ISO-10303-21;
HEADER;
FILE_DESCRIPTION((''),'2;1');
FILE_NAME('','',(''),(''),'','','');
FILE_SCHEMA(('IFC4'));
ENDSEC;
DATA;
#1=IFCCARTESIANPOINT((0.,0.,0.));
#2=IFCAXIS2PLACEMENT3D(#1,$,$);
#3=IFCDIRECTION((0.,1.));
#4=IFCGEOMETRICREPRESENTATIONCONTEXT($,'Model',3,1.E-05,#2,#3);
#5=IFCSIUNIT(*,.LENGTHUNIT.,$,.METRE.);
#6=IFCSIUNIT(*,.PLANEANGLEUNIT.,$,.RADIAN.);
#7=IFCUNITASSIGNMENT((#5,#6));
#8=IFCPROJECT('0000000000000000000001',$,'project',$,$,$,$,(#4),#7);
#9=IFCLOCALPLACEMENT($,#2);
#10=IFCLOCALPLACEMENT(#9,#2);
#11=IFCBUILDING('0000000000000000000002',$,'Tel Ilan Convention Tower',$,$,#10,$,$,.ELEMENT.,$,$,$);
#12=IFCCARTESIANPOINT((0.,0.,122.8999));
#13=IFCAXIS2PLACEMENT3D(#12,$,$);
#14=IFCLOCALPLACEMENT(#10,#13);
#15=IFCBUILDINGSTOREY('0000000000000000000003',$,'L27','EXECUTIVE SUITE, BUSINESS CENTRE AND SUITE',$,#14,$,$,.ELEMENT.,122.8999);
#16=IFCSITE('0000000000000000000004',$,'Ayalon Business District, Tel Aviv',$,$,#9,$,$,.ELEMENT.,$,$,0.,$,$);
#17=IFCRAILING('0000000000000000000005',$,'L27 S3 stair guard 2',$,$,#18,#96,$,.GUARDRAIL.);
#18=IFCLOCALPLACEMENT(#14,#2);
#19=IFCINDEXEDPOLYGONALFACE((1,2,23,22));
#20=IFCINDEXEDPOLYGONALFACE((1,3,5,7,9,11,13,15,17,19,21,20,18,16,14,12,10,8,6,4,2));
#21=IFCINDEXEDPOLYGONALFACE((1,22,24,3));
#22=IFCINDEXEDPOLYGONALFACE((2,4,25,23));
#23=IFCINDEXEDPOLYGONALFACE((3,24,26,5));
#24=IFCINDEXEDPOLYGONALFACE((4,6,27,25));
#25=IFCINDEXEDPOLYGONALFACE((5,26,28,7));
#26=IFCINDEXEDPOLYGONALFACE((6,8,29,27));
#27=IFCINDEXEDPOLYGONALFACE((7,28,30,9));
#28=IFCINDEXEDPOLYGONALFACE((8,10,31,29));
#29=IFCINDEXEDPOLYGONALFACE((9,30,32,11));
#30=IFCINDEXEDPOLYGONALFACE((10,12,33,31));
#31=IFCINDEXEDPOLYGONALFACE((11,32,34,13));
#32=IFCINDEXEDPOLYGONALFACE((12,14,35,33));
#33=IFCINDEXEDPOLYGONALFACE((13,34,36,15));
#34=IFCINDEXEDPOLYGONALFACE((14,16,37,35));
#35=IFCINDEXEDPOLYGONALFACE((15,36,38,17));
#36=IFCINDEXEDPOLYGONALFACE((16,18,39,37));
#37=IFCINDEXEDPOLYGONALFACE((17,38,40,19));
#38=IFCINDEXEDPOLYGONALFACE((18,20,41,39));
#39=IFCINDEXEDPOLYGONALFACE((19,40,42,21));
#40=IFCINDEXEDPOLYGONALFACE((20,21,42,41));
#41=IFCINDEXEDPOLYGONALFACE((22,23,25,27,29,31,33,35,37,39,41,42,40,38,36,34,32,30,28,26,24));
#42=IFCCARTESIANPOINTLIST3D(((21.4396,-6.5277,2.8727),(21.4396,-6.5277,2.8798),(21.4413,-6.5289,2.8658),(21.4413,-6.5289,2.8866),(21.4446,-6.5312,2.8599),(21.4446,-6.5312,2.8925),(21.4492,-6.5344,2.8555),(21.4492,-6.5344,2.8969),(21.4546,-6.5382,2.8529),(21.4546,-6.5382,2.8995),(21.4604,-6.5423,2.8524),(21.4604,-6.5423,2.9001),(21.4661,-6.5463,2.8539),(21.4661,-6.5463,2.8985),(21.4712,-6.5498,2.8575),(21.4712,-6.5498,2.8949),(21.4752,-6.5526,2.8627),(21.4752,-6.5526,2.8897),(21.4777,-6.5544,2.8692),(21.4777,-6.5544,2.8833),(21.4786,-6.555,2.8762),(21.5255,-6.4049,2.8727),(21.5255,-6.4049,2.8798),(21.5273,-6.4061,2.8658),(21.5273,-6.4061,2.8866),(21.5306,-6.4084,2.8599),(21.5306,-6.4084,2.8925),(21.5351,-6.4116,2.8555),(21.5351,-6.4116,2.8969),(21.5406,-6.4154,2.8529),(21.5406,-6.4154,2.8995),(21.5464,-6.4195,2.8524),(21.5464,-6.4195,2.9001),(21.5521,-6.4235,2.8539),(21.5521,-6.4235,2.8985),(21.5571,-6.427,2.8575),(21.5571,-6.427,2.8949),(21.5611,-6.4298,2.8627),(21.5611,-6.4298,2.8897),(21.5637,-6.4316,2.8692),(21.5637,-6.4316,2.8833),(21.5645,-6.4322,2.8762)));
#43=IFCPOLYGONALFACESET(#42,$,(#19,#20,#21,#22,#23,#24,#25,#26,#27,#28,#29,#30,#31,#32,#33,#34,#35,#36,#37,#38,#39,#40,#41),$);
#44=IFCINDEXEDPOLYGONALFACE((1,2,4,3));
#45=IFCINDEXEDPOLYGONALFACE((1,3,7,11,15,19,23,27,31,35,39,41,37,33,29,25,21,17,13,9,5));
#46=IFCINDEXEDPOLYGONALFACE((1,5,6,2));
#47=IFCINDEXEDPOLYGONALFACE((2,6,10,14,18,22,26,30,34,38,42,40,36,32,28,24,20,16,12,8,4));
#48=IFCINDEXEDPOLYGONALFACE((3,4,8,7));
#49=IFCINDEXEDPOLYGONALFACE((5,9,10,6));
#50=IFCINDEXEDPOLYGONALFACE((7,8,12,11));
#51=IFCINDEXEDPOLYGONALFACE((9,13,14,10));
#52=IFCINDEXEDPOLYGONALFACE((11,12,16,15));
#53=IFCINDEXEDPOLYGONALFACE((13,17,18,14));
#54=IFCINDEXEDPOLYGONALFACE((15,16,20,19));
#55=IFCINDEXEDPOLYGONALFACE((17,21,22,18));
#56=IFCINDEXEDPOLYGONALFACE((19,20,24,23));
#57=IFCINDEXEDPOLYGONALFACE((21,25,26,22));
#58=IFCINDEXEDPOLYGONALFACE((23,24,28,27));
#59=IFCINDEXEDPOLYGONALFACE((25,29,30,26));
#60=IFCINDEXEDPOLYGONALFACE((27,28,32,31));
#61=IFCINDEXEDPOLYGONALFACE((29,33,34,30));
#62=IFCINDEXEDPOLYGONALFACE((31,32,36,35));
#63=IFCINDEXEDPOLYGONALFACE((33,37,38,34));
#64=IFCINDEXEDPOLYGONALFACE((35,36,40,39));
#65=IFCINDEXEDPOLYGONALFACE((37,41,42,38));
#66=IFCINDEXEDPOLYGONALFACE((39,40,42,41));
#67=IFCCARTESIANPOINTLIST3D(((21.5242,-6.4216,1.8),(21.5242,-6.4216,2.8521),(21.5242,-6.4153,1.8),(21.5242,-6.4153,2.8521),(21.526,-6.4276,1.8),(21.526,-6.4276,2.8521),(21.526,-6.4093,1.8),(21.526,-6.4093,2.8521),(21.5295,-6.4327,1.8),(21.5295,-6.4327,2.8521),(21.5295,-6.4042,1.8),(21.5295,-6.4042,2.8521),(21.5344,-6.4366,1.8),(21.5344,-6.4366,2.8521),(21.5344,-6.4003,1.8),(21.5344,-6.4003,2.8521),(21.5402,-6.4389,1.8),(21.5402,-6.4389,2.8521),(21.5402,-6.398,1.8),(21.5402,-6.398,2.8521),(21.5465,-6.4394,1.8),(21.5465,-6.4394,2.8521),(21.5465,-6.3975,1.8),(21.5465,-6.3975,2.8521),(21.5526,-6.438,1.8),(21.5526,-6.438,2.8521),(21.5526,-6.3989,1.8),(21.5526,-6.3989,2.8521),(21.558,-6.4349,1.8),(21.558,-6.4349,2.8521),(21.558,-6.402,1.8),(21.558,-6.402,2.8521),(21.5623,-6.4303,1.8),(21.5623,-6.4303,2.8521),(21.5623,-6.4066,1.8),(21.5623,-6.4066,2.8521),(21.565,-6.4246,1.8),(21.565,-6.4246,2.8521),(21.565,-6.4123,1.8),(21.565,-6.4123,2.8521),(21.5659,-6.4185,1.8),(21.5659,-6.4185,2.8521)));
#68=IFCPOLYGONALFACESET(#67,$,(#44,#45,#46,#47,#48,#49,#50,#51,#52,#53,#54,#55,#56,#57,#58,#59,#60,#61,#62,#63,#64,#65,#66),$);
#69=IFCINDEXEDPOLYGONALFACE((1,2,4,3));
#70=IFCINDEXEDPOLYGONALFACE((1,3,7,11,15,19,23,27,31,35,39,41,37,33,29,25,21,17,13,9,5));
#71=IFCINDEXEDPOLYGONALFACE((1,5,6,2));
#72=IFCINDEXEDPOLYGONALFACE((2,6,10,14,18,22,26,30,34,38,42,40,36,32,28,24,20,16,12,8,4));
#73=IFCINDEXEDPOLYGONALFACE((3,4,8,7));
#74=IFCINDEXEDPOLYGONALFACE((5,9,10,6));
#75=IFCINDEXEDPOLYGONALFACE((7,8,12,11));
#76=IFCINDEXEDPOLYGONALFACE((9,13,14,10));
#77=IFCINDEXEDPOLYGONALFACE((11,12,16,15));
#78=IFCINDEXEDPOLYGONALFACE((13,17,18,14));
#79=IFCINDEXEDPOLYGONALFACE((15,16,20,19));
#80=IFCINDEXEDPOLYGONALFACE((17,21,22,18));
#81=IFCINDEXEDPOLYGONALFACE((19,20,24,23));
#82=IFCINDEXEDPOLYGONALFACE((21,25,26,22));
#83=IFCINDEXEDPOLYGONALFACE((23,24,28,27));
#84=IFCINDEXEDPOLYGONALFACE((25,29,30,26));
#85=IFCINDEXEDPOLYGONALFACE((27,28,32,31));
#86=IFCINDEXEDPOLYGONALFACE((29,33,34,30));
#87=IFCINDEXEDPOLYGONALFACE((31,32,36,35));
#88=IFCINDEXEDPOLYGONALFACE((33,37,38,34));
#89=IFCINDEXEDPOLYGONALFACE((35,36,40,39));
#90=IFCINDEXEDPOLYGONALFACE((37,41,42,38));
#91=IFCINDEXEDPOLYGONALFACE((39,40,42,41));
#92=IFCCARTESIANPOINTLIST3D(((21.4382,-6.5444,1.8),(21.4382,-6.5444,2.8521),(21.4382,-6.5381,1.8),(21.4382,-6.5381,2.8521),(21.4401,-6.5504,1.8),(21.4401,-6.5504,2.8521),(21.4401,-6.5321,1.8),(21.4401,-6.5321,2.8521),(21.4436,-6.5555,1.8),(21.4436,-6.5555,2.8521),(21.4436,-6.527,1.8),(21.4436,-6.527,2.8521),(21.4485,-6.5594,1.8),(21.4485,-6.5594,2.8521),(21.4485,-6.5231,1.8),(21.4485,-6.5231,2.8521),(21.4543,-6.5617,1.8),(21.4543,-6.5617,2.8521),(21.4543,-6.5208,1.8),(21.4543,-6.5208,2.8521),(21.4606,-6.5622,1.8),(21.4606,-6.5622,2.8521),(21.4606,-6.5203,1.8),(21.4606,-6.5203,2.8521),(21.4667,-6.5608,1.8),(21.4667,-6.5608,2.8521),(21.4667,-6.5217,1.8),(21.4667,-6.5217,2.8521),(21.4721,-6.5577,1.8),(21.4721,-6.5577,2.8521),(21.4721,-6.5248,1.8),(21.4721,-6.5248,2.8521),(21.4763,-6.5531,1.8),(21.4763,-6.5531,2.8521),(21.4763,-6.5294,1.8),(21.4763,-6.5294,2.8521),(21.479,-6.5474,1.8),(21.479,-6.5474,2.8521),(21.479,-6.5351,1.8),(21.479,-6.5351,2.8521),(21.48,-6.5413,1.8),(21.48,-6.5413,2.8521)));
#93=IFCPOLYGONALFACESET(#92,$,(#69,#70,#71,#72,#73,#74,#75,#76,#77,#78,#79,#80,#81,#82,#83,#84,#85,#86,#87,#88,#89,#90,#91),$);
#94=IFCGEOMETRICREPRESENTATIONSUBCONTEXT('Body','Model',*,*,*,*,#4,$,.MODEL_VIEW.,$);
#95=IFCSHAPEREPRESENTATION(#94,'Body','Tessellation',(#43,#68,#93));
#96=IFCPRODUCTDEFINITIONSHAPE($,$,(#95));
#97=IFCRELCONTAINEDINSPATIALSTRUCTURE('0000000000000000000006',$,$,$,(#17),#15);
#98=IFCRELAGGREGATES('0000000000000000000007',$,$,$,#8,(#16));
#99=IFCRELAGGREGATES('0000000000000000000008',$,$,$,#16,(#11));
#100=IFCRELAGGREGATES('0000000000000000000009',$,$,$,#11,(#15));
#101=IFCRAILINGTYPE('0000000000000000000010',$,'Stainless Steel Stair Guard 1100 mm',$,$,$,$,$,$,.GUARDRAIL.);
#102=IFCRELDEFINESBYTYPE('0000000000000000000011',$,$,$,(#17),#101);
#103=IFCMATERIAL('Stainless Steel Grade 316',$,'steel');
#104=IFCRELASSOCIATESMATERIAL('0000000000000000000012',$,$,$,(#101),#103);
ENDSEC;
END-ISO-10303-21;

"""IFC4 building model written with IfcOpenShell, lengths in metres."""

from ifc_helpers import new_model, si_unit, direction, frame, origin, origin_2d, place, context, subcontext, project, spatial, circle, extrude, material, type_object, element, save


model = new_model("IFC4")

# Units and contexts
model_context = context("Model", 3, precision=1e-05, world=origin(), true_north=direction((0.0, 1.0)))
body_context = subcontext(model_context, "Body", "Model", "MODEL_VIEW")
ifc_project = project(units=[si_unit("LENGTHUNIT", "METRE"), si_unit("PLANEANGLEUNIT", "RADIAN")], contexts=[model_context])

# Site, building, storey
site_placement = place(None, origin())
site = spatial("IfcSite", under=ifc_project, at=site_placement, Name="Ayalon Business District, Tel Aviv", CompositionType="ELEMENT", RefElevation=0.0)
building_placement = place(site_placement, origin())
building = spatial("IfcBuilding", under=site, at=building_placement, Name="Tel Ilan Convention Tower", CompositionType="ELEMENT")
storey_placement = place(building_placement, frame((0.0, 0.0, 122.8999)))
storey = spatial("IfcBuildingStorey", under=building, at=storey_placement, Name="L27", Description="EXECUTIVE SUITE, BUSINESS CENTRE AND SUITE", CompositionType="ELEMENT", Elevation=122.8999)

# Railing
ifc_material_1 = material(Name="Stainless Steel Grade 316", Category="steel")
railing_type_1 = type_object("IfcRailingType", Name="Stainless Steel Stair Guard 1100 mm", PredefinedType="GUARDRAIL", material=ifc_material_1)
railing_1_placement = place(storey_placement, frame((21.5449, -6.4185, 1.8)))
element("IfcRailing", 1, at=railing_1_placement, inside=storey, type_object=railing_type_1, Name="L27 S3 stair guard 2", PredefinedType="GUARDRAIL", context=body_context, shape_type="SweptSolid", body=[
    extrude(circle(Radius=0.0239, at=origin_2d()), frame((0.0, 0.0, 1.0762), z_axis=(-0.573353, -0.819308, 0.0), x_axis=(0.819308, -0.573353, 0.0)), (0.0, 0.0, 1.0), 0.1499),
    extrude(circle(Radius=0.021, at=origin_2d()), origin(), (0.0, 0.0, 1.0), 1.052),
    extrude(circle(Radius=0.021, at=origin_2d()), frame((-0.0859, -0.1228, 0.0)), (0.0, 0.0, 1.0), 1.052),
])

save(model, "model.ifc")
